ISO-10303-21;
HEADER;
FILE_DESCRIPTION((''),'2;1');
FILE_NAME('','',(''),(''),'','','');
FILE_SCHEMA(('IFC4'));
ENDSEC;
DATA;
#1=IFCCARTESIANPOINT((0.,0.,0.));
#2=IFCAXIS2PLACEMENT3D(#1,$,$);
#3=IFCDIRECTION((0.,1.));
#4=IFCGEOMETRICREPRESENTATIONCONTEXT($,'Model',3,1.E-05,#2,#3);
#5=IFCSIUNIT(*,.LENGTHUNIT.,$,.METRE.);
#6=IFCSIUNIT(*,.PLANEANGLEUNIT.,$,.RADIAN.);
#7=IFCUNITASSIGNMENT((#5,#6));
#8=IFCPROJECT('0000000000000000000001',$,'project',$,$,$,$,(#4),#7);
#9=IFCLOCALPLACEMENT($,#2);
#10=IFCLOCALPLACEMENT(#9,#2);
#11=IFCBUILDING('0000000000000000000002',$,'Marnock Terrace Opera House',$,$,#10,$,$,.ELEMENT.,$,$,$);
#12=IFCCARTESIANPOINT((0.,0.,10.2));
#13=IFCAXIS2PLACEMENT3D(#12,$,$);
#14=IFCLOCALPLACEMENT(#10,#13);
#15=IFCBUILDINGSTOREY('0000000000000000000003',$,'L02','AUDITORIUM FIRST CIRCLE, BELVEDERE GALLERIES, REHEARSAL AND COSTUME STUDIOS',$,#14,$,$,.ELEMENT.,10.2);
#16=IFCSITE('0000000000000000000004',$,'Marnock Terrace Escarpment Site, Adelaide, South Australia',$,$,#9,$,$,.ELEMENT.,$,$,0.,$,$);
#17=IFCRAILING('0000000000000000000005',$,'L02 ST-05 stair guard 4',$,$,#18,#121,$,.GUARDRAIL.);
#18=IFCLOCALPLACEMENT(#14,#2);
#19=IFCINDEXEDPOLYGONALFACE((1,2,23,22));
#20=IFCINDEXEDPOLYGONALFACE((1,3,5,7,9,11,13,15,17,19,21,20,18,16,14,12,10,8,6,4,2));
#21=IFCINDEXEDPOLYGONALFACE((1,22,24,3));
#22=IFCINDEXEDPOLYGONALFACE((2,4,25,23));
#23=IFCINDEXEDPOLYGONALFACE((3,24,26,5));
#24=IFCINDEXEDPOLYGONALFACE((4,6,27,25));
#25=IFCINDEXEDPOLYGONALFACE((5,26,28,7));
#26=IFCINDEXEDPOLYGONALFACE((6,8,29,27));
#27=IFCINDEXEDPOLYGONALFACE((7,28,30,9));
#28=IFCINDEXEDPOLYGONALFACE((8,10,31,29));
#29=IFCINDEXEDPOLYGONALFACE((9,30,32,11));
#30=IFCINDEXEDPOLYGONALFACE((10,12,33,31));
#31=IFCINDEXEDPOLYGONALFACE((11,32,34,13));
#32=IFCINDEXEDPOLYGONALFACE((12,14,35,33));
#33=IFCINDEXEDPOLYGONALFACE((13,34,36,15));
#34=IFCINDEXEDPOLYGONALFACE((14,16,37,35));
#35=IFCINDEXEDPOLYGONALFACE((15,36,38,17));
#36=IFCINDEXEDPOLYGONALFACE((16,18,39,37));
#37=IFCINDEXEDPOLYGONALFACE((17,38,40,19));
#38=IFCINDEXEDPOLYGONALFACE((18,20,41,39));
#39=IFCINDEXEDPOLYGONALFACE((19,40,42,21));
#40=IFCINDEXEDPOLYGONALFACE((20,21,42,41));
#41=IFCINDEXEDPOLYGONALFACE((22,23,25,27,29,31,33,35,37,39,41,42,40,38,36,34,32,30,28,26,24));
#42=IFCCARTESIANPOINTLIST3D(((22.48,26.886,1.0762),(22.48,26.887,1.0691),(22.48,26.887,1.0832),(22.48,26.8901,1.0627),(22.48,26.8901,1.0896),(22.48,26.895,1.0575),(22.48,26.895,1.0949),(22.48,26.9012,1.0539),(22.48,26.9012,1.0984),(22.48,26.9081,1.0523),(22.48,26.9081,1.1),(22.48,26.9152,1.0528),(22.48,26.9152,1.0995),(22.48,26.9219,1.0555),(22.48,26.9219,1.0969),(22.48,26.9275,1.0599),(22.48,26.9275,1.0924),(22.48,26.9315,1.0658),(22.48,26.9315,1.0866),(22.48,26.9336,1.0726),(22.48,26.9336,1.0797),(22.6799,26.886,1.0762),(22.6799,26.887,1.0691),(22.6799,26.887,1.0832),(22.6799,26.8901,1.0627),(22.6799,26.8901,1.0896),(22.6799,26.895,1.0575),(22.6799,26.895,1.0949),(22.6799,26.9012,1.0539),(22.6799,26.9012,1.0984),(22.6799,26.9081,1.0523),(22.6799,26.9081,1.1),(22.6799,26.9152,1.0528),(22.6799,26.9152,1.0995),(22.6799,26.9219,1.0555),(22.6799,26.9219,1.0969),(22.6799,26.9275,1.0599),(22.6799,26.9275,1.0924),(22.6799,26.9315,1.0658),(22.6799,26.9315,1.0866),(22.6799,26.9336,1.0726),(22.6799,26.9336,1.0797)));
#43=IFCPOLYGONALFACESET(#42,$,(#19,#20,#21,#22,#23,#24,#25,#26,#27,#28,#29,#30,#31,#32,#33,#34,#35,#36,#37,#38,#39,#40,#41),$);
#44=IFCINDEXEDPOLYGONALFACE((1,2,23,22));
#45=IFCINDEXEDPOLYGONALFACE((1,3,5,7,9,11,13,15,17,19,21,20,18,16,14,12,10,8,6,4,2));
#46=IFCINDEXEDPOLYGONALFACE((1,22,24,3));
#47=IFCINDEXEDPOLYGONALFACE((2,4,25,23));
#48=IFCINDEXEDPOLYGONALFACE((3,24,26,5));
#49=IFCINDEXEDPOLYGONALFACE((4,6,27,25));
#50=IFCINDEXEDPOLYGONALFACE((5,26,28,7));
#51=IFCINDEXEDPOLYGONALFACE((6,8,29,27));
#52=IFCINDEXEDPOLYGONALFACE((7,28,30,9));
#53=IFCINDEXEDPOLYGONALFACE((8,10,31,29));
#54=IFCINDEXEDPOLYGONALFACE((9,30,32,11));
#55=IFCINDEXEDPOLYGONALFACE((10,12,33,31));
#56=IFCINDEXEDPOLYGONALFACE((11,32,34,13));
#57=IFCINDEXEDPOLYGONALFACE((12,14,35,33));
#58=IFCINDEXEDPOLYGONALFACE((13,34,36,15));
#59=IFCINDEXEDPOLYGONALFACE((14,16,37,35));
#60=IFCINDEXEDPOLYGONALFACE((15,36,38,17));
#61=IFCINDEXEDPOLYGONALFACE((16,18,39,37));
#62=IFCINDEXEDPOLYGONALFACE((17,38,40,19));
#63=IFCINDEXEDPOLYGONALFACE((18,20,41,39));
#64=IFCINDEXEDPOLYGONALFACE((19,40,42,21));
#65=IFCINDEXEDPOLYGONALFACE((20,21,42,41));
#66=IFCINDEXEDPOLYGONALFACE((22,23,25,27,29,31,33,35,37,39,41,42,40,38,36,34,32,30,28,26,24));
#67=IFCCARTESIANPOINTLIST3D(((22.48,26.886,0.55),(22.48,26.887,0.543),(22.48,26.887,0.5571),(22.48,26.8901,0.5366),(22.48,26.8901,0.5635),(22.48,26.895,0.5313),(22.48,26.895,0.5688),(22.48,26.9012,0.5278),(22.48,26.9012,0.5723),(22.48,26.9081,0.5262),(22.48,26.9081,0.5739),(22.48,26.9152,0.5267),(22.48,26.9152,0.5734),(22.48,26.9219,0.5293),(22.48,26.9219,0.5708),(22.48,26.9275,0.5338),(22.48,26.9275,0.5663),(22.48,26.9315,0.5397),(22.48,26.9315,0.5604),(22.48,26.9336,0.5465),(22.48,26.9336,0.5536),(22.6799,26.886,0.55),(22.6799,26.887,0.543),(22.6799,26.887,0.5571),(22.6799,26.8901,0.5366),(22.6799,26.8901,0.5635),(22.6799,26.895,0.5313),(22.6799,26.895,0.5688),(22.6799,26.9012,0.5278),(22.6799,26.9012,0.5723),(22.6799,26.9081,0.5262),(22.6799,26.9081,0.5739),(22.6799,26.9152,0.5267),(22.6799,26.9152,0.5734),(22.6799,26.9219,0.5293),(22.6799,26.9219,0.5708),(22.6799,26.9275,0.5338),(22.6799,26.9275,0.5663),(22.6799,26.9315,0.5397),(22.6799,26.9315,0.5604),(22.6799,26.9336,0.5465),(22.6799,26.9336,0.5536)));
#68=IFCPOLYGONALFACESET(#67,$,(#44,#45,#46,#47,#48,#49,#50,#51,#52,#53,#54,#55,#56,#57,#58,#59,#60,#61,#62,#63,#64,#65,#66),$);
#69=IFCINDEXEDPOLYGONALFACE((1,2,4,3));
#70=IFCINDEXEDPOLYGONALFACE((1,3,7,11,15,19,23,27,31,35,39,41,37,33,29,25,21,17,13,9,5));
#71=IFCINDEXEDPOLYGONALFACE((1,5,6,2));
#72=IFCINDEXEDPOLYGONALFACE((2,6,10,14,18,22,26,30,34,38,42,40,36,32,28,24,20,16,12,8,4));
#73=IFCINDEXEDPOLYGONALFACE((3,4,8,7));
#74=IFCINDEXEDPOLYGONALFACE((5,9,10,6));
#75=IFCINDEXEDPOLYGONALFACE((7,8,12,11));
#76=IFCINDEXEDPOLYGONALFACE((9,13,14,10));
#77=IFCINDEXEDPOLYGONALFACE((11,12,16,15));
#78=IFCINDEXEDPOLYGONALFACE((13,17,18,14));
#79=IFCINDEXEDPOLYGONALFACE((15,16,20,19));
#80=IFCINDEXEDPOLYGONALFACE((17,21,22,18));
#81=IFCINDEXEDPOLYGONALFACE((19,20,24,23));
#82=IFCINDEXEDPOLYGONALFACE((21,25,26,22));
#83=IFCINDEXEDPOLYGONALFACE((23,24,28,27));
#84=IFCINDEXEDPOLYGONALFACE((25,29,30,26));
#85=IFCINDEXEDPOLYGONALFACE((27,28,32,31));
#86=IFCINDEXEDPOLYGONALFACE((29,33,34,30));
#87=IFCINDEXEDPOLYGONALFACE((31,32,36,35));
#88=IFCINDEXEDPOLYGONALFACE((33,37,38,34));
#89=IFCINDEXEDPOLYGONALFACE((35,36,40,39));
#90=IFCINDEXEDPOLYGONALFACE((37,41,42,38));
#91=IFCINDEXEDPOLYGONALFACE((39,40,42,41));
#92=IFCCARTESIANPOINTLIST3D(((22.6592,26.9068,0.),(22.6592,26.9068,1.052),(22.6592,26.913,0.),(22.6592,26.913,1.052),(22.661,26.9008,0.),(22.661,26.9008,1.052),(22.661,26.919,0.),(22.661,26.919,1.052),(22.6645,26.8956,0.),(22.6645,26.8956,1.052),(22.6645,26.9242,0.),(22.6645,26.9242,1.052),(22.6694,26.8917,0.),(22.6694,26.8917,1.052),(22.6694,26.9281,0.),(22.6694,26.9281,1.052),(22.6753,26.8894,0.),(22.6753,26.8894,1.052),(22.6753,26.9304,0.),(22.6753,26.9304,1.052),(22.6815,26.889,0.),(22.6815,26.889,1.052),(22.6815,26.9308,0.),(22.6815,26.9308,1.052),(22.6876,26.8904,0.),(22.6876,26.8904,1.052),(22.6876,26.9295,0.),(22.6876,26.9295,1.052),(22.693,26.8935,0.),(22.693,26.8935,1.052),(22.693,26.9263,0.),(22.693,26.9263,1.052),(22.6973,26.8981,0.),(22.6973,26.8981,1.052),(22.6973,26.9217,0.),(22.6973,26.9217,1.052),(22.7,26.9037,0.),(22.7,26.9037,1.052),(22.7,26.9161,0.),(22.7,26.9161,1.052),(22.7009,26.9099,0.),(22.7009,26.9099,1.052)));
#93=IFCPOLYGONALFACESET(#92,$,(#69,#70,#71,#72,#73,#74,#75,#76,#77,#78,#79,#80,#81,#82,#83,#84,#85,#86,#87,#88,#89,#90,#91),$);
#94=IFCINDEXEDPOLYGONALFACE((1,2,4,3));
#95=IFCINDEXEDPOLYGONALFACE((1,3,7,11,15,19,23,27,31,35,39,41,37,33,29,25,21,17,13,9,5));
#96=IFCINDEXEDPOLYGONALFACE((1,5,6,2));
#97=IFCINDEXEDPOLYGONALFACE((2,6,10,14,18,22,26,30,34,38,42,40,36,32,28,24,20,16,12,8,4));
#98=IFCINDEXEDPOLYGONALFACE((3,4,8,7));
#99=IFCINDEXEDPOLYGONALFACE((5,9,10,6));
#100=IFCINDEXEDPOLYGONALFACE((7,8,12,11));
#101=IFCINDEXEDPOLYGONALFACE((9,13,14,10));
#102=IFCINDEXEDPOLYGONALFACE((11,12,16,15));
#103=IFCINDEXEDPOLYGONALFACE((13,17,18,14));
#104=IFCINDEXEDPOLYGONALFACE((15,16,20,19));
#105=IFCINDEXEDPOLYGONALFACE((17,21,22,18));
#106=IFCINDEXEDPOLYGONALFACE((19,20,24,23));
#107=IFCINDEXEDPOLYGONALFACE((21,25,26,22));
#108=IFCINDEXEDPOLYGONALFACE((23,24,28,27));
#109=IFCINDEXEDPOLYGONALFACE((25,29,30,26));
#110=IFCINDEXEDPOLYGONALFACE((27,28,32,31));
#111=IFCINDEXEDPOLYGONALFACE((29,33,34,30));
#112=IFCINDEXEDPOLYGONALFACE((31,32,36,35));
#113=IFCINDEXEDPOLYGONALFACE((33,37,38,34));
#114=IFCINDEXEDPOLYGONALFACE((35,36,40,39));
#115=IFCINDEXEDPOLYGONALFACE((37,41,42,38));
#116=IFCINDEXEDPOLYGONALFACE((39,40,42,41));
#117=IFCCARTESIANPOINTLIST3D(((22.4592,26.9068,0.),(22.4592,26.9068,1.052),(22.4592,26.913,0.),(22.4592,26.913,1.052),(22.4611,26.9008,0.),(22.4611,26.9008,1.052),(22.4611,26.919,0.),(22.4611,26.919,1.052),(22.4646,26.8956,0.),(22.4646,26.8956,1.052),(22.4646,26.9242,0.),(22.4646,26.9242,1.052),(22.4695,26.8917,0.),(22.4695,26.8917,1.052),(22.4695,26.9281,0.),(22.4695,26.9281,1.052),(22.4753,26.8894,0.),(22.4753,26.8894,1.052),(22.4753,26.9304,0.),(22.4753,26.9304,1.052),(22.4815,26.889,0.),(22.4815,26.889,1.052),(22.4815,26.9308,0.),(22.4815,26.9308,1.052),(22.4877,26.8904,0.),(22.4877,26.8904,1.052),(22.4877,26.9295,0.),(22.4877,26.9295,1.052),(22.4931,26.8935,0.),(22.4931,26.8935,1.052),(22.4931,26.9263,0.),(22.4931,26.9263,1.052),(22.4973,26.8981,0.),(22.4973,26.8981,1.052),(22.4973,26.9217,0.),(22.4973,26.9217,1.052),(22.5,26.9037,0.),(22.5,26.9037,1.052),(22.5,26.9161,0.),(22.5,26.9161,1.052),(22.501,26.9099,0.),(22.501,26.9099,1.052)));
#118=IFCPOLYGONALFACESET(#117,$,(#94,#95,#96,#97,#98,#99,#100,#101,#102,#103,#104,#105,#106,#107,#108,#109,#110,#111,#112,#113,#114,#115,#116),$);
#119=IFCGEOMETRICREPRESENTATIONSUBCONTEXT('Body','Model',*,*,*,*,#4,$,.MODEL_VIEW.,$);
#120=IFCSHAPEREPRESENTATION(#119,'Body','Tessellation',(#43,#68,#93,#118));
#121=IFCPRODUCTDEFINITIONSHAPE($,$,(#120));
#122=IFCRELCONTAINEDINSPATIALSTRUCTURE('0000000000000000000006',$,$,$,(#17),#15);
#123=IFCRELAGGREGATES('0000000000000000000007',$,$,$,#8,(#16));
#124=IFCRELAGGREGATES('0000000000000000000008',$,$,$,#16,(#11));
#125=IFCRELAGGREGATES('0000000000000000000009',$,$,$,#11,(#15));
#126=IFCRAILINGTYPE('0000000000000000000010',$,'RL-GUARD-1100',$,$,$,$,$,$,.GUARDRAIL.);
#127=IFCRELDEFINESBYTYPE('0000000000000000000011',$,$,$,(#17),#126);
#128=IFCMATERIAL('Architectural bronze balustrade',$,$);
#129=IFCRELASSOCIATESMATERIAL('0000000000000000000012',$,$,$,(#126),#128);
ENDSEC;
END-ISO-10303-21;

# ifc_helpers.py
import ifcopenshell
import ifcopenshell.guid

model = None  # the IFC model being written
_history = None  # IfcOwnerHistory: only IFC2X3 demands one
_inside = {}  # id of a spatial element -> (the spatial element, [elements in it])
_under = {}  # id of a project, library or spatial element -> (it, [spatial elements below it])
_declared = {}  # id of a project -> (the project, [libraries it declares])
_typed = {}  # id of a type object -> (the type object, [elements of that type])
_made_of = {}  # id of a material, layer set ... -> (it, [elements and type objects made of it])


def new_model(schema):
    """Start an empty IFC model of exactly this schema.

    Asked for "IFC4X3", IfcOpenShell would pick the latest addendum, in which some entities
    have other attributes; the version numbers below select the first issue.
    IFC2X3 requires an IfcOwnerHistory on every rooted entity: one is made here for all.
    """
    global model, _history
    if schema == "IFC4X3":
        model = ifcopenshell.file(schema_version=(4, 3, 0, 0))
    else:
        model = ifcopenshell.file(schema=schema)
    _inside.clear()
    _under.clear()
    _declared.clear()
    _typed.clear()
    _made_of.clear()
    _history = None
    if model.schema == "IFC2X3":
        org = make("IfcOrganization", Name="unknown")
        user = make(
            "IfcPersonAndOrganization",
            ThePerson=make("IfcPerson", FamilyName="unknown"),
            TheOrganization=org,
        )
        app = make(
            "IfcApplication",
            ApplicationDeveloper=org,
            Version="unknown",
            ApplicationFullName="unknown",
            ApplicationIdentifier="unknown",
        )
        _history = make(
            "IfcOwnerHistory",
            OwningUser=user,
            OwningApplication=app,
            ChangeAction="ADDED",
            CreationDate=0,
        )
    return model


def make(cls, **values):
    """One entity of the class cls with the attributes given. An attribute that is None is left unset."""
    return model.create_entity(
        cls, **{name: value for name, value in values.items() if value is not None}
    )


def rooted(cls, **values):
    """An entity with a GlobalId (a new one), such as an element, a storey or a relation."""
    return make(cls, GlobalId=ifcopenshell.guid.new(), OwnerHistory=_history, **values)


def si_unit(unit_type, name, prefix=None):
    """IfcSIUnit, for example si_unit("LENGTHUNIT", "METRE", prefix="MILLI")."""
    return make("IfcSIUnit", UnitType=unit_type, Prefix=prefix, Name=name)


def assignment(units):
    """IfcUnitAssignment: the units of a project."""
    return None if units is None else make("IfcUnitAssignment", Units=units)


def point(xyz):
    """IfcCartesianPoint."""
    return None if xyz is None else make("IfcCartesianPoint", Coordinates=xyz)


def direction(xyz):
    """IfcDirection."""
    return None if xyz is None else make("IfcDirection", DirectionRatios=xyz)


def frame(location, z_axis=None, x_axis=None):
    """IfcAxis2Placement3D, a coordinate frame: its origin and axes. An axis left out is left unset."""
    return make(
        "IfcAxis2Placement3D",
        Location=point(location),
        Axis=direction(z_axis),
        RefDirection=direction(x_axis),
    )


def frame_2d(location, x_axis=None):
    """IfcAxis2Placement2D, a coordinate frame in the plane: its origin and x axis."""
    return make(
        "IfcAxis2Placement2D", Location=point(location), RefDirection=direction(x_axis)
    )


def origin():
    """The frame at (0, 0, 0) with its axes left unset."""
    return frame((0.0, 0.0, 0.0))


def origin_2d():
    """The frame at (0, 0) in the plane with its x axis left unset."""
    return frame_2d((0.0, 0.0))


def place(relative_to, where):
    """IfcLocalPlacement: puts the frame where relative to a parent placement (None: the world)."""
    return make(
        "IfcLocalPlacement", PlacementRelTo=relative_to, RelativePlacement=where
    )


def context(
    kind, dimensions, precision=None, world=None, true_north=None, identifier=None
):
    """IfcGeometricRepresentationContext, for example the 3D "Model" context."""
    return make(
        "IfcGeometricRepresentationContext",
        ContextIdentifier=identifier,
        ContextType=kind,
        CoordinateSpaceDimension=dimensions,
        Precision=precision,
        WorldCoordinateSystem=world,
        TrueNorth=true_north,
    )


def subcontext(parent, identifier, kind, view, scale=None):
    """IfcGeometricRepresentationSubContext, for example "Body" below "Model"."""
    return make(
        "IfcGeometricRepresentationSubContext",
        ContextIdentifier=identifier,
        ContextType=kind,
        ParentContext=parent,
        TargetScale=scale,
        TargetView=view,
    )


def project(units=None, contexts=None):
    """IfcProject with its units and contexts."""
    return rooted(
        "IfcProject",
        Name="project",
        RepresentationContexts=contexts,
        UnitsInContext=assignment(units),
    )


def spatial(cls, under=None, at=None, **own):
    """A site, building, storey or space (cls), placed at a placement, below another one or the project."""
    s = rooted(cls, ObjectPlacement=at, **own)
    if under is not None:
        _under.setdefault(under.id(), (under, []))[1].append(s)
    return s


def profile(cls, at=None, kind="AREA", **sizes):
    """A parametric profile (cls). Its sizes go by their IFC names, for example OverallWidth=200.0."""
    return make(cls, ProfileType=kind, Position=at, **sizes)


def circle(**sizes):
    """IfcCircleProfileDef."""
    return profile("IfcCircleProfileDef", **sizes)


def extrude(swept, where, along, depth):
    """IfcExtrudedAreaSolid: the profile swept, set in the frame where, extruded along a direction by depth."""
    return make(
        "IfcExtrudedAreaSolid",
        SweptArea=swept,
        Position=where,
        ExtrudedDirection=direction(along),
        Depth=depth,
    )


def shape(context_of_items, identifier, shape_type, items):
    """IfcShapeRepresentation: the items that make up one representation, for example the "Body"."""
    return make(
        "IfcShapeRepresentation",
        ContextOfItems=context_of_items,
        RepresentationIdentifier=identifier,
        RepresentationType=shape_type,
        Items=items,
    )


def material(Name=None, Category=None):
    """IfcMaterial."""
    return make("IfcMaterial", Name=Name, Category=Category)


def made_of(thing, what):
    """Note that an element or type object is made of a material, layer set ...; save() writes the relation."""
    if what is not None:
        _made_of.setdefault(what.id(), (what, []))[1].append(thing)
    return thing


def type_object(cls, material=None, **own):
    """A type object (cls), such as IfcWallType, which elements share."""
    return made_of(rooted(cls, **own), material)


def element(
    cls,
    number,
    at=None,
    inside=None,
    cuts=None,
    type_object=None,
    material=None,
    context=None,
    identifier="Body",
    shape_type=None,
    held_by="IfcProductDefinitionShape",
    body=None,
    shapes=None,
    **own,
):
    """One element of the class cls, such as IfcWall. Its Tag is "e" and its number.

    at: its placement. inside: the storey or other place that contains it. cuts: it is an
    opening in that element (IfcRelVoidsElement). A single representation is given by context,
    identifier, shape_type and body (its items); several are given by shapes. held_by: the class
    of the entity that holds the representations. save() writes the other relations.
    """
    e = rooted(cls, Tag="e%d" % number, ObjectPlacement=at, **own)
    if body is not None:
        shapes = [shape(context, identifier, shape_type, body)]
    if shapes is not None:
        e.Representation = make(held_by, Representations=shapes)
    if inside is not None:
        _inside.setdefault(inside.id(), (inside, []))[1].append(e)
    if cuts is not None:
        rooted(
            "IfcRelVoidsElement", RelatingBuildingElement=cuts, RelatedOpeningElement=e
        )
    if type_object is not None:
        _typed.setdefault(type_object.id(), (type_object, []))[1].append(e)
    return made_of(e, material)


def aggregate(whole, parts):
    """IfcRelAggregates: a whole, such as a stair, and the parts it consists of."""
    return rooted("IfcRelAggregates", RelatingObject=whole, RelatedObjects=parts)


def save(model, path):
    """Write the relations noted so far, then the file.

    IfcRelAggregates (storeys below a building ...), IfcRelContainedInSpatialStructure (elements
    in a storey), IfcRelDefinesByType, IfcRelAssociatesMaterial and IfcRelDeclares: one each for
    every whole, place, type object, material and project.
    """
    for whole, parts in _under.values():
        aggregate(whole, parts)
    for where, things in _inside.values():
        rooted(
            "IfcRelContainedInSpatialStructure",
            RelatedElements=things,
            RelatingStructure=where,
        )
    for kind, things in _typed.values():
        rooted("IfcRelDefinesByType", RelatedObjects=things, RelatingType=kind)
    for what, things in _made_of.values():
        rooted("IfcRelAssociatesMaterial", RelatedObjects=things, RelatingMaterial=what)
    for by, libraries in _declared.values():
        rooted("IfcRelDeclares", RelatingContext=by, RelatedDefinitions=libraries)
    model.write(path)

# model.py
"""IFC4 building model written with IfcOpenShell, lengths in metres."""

from ifc_helpers import new_model, si_unit, direction, frame, origin, origin_2d, place, context, subcontext, project, spatial, circle, extrude, material, type_object, element, save


model = new_model("IFC4")

# Units and contexts
model_context = context("Model", 3, precision=1e-05, world=origin(), true_north=direction((0.0, 1.0)))
body_context = subcontext(model_context, "Body", "Model", "MODEL_VIEW")
ifc_project = project(units=[si_unit("LENGTHUNIT", "METRE"), si_unit("PLANEANGLEUNIT", "RADIAN")], contexts=[model_context])

# Site, building, storey
site_placement = place(None, origin())
site = spatial("IfcSite", under=ifc_project, at=site_placement, Name="Marnock Terrace Escarpment Site, Adelaide, South Australia", CompositionType="ELEMENT", RefElevation=0.0)
building_placement = place(site_placement, origin())
building = spatial("IfcBuilding", under=site, at=building_placement, Name="Marnock Terrace Opera House", CompositionType="ELEMENT")
storey_placement = place(building_placement, frame((0.0, 0.0, 10.2)))
storey = spatial("IfcBuildingStorey", under=building, at=storey_placement, Name="L02", Description="AUDITORIUM FIRST CIRCLE, BELVEDERE GALLERIES, REHEARSAL AND COSTUME STUDIOS", CompositionType="ELEMENT", Elevation=10.2)

# Railing
ifc_material_1 = material(Name="Architectural bronze balustrade")
railing_type_1 = type_object("IfcRailingType", Name="RL-GUARD-1100", PredefinedType="GUARDRAIL", material=ifc_material_1)
railing_1_placement = place(storey_placement, frame((22.6799, 26.9099, 0.0)))
element("IfcRailing", 1, at=railing_1_placement, inside=storey, type_object=railing_type_1, Name="L02 ST-05 stair guard 4", PredefinedType="GUARDRAIL", context=body_context, shape_type="SweptSolid", body=[
    extrude(circle(Radius=0.0239, at=origin_2d()), frame((0.0, 0.0, 1.0762), z_axis=(-1.0, 0.0, 0.0), x_axis=(0.0, -1.0, 0.0)), (0.0, 0.0, 1.0), 0.2),
    extrude(circle(Radius=0.0239, at=origin_2d()), frame((0.0, 0.0, 0.55), z_axis=(-1.0, 0.0, 0.0), x_axis=(0.0, -1.0, 0.0)), (0.0, 0.0, 1.0), 0.2),
    extrude(circle(Radius=0.021, at=origin_2d()), origin(), (0.0, 0.0, 1.0), 1.052),
    extrude(circle(Radius=0.021, at=origin_2d()), frame((-0.2, 0.0, 0.0)), (0.0, 0.0, 1.0), 1.052),
])

save(model, "model.ifc")
